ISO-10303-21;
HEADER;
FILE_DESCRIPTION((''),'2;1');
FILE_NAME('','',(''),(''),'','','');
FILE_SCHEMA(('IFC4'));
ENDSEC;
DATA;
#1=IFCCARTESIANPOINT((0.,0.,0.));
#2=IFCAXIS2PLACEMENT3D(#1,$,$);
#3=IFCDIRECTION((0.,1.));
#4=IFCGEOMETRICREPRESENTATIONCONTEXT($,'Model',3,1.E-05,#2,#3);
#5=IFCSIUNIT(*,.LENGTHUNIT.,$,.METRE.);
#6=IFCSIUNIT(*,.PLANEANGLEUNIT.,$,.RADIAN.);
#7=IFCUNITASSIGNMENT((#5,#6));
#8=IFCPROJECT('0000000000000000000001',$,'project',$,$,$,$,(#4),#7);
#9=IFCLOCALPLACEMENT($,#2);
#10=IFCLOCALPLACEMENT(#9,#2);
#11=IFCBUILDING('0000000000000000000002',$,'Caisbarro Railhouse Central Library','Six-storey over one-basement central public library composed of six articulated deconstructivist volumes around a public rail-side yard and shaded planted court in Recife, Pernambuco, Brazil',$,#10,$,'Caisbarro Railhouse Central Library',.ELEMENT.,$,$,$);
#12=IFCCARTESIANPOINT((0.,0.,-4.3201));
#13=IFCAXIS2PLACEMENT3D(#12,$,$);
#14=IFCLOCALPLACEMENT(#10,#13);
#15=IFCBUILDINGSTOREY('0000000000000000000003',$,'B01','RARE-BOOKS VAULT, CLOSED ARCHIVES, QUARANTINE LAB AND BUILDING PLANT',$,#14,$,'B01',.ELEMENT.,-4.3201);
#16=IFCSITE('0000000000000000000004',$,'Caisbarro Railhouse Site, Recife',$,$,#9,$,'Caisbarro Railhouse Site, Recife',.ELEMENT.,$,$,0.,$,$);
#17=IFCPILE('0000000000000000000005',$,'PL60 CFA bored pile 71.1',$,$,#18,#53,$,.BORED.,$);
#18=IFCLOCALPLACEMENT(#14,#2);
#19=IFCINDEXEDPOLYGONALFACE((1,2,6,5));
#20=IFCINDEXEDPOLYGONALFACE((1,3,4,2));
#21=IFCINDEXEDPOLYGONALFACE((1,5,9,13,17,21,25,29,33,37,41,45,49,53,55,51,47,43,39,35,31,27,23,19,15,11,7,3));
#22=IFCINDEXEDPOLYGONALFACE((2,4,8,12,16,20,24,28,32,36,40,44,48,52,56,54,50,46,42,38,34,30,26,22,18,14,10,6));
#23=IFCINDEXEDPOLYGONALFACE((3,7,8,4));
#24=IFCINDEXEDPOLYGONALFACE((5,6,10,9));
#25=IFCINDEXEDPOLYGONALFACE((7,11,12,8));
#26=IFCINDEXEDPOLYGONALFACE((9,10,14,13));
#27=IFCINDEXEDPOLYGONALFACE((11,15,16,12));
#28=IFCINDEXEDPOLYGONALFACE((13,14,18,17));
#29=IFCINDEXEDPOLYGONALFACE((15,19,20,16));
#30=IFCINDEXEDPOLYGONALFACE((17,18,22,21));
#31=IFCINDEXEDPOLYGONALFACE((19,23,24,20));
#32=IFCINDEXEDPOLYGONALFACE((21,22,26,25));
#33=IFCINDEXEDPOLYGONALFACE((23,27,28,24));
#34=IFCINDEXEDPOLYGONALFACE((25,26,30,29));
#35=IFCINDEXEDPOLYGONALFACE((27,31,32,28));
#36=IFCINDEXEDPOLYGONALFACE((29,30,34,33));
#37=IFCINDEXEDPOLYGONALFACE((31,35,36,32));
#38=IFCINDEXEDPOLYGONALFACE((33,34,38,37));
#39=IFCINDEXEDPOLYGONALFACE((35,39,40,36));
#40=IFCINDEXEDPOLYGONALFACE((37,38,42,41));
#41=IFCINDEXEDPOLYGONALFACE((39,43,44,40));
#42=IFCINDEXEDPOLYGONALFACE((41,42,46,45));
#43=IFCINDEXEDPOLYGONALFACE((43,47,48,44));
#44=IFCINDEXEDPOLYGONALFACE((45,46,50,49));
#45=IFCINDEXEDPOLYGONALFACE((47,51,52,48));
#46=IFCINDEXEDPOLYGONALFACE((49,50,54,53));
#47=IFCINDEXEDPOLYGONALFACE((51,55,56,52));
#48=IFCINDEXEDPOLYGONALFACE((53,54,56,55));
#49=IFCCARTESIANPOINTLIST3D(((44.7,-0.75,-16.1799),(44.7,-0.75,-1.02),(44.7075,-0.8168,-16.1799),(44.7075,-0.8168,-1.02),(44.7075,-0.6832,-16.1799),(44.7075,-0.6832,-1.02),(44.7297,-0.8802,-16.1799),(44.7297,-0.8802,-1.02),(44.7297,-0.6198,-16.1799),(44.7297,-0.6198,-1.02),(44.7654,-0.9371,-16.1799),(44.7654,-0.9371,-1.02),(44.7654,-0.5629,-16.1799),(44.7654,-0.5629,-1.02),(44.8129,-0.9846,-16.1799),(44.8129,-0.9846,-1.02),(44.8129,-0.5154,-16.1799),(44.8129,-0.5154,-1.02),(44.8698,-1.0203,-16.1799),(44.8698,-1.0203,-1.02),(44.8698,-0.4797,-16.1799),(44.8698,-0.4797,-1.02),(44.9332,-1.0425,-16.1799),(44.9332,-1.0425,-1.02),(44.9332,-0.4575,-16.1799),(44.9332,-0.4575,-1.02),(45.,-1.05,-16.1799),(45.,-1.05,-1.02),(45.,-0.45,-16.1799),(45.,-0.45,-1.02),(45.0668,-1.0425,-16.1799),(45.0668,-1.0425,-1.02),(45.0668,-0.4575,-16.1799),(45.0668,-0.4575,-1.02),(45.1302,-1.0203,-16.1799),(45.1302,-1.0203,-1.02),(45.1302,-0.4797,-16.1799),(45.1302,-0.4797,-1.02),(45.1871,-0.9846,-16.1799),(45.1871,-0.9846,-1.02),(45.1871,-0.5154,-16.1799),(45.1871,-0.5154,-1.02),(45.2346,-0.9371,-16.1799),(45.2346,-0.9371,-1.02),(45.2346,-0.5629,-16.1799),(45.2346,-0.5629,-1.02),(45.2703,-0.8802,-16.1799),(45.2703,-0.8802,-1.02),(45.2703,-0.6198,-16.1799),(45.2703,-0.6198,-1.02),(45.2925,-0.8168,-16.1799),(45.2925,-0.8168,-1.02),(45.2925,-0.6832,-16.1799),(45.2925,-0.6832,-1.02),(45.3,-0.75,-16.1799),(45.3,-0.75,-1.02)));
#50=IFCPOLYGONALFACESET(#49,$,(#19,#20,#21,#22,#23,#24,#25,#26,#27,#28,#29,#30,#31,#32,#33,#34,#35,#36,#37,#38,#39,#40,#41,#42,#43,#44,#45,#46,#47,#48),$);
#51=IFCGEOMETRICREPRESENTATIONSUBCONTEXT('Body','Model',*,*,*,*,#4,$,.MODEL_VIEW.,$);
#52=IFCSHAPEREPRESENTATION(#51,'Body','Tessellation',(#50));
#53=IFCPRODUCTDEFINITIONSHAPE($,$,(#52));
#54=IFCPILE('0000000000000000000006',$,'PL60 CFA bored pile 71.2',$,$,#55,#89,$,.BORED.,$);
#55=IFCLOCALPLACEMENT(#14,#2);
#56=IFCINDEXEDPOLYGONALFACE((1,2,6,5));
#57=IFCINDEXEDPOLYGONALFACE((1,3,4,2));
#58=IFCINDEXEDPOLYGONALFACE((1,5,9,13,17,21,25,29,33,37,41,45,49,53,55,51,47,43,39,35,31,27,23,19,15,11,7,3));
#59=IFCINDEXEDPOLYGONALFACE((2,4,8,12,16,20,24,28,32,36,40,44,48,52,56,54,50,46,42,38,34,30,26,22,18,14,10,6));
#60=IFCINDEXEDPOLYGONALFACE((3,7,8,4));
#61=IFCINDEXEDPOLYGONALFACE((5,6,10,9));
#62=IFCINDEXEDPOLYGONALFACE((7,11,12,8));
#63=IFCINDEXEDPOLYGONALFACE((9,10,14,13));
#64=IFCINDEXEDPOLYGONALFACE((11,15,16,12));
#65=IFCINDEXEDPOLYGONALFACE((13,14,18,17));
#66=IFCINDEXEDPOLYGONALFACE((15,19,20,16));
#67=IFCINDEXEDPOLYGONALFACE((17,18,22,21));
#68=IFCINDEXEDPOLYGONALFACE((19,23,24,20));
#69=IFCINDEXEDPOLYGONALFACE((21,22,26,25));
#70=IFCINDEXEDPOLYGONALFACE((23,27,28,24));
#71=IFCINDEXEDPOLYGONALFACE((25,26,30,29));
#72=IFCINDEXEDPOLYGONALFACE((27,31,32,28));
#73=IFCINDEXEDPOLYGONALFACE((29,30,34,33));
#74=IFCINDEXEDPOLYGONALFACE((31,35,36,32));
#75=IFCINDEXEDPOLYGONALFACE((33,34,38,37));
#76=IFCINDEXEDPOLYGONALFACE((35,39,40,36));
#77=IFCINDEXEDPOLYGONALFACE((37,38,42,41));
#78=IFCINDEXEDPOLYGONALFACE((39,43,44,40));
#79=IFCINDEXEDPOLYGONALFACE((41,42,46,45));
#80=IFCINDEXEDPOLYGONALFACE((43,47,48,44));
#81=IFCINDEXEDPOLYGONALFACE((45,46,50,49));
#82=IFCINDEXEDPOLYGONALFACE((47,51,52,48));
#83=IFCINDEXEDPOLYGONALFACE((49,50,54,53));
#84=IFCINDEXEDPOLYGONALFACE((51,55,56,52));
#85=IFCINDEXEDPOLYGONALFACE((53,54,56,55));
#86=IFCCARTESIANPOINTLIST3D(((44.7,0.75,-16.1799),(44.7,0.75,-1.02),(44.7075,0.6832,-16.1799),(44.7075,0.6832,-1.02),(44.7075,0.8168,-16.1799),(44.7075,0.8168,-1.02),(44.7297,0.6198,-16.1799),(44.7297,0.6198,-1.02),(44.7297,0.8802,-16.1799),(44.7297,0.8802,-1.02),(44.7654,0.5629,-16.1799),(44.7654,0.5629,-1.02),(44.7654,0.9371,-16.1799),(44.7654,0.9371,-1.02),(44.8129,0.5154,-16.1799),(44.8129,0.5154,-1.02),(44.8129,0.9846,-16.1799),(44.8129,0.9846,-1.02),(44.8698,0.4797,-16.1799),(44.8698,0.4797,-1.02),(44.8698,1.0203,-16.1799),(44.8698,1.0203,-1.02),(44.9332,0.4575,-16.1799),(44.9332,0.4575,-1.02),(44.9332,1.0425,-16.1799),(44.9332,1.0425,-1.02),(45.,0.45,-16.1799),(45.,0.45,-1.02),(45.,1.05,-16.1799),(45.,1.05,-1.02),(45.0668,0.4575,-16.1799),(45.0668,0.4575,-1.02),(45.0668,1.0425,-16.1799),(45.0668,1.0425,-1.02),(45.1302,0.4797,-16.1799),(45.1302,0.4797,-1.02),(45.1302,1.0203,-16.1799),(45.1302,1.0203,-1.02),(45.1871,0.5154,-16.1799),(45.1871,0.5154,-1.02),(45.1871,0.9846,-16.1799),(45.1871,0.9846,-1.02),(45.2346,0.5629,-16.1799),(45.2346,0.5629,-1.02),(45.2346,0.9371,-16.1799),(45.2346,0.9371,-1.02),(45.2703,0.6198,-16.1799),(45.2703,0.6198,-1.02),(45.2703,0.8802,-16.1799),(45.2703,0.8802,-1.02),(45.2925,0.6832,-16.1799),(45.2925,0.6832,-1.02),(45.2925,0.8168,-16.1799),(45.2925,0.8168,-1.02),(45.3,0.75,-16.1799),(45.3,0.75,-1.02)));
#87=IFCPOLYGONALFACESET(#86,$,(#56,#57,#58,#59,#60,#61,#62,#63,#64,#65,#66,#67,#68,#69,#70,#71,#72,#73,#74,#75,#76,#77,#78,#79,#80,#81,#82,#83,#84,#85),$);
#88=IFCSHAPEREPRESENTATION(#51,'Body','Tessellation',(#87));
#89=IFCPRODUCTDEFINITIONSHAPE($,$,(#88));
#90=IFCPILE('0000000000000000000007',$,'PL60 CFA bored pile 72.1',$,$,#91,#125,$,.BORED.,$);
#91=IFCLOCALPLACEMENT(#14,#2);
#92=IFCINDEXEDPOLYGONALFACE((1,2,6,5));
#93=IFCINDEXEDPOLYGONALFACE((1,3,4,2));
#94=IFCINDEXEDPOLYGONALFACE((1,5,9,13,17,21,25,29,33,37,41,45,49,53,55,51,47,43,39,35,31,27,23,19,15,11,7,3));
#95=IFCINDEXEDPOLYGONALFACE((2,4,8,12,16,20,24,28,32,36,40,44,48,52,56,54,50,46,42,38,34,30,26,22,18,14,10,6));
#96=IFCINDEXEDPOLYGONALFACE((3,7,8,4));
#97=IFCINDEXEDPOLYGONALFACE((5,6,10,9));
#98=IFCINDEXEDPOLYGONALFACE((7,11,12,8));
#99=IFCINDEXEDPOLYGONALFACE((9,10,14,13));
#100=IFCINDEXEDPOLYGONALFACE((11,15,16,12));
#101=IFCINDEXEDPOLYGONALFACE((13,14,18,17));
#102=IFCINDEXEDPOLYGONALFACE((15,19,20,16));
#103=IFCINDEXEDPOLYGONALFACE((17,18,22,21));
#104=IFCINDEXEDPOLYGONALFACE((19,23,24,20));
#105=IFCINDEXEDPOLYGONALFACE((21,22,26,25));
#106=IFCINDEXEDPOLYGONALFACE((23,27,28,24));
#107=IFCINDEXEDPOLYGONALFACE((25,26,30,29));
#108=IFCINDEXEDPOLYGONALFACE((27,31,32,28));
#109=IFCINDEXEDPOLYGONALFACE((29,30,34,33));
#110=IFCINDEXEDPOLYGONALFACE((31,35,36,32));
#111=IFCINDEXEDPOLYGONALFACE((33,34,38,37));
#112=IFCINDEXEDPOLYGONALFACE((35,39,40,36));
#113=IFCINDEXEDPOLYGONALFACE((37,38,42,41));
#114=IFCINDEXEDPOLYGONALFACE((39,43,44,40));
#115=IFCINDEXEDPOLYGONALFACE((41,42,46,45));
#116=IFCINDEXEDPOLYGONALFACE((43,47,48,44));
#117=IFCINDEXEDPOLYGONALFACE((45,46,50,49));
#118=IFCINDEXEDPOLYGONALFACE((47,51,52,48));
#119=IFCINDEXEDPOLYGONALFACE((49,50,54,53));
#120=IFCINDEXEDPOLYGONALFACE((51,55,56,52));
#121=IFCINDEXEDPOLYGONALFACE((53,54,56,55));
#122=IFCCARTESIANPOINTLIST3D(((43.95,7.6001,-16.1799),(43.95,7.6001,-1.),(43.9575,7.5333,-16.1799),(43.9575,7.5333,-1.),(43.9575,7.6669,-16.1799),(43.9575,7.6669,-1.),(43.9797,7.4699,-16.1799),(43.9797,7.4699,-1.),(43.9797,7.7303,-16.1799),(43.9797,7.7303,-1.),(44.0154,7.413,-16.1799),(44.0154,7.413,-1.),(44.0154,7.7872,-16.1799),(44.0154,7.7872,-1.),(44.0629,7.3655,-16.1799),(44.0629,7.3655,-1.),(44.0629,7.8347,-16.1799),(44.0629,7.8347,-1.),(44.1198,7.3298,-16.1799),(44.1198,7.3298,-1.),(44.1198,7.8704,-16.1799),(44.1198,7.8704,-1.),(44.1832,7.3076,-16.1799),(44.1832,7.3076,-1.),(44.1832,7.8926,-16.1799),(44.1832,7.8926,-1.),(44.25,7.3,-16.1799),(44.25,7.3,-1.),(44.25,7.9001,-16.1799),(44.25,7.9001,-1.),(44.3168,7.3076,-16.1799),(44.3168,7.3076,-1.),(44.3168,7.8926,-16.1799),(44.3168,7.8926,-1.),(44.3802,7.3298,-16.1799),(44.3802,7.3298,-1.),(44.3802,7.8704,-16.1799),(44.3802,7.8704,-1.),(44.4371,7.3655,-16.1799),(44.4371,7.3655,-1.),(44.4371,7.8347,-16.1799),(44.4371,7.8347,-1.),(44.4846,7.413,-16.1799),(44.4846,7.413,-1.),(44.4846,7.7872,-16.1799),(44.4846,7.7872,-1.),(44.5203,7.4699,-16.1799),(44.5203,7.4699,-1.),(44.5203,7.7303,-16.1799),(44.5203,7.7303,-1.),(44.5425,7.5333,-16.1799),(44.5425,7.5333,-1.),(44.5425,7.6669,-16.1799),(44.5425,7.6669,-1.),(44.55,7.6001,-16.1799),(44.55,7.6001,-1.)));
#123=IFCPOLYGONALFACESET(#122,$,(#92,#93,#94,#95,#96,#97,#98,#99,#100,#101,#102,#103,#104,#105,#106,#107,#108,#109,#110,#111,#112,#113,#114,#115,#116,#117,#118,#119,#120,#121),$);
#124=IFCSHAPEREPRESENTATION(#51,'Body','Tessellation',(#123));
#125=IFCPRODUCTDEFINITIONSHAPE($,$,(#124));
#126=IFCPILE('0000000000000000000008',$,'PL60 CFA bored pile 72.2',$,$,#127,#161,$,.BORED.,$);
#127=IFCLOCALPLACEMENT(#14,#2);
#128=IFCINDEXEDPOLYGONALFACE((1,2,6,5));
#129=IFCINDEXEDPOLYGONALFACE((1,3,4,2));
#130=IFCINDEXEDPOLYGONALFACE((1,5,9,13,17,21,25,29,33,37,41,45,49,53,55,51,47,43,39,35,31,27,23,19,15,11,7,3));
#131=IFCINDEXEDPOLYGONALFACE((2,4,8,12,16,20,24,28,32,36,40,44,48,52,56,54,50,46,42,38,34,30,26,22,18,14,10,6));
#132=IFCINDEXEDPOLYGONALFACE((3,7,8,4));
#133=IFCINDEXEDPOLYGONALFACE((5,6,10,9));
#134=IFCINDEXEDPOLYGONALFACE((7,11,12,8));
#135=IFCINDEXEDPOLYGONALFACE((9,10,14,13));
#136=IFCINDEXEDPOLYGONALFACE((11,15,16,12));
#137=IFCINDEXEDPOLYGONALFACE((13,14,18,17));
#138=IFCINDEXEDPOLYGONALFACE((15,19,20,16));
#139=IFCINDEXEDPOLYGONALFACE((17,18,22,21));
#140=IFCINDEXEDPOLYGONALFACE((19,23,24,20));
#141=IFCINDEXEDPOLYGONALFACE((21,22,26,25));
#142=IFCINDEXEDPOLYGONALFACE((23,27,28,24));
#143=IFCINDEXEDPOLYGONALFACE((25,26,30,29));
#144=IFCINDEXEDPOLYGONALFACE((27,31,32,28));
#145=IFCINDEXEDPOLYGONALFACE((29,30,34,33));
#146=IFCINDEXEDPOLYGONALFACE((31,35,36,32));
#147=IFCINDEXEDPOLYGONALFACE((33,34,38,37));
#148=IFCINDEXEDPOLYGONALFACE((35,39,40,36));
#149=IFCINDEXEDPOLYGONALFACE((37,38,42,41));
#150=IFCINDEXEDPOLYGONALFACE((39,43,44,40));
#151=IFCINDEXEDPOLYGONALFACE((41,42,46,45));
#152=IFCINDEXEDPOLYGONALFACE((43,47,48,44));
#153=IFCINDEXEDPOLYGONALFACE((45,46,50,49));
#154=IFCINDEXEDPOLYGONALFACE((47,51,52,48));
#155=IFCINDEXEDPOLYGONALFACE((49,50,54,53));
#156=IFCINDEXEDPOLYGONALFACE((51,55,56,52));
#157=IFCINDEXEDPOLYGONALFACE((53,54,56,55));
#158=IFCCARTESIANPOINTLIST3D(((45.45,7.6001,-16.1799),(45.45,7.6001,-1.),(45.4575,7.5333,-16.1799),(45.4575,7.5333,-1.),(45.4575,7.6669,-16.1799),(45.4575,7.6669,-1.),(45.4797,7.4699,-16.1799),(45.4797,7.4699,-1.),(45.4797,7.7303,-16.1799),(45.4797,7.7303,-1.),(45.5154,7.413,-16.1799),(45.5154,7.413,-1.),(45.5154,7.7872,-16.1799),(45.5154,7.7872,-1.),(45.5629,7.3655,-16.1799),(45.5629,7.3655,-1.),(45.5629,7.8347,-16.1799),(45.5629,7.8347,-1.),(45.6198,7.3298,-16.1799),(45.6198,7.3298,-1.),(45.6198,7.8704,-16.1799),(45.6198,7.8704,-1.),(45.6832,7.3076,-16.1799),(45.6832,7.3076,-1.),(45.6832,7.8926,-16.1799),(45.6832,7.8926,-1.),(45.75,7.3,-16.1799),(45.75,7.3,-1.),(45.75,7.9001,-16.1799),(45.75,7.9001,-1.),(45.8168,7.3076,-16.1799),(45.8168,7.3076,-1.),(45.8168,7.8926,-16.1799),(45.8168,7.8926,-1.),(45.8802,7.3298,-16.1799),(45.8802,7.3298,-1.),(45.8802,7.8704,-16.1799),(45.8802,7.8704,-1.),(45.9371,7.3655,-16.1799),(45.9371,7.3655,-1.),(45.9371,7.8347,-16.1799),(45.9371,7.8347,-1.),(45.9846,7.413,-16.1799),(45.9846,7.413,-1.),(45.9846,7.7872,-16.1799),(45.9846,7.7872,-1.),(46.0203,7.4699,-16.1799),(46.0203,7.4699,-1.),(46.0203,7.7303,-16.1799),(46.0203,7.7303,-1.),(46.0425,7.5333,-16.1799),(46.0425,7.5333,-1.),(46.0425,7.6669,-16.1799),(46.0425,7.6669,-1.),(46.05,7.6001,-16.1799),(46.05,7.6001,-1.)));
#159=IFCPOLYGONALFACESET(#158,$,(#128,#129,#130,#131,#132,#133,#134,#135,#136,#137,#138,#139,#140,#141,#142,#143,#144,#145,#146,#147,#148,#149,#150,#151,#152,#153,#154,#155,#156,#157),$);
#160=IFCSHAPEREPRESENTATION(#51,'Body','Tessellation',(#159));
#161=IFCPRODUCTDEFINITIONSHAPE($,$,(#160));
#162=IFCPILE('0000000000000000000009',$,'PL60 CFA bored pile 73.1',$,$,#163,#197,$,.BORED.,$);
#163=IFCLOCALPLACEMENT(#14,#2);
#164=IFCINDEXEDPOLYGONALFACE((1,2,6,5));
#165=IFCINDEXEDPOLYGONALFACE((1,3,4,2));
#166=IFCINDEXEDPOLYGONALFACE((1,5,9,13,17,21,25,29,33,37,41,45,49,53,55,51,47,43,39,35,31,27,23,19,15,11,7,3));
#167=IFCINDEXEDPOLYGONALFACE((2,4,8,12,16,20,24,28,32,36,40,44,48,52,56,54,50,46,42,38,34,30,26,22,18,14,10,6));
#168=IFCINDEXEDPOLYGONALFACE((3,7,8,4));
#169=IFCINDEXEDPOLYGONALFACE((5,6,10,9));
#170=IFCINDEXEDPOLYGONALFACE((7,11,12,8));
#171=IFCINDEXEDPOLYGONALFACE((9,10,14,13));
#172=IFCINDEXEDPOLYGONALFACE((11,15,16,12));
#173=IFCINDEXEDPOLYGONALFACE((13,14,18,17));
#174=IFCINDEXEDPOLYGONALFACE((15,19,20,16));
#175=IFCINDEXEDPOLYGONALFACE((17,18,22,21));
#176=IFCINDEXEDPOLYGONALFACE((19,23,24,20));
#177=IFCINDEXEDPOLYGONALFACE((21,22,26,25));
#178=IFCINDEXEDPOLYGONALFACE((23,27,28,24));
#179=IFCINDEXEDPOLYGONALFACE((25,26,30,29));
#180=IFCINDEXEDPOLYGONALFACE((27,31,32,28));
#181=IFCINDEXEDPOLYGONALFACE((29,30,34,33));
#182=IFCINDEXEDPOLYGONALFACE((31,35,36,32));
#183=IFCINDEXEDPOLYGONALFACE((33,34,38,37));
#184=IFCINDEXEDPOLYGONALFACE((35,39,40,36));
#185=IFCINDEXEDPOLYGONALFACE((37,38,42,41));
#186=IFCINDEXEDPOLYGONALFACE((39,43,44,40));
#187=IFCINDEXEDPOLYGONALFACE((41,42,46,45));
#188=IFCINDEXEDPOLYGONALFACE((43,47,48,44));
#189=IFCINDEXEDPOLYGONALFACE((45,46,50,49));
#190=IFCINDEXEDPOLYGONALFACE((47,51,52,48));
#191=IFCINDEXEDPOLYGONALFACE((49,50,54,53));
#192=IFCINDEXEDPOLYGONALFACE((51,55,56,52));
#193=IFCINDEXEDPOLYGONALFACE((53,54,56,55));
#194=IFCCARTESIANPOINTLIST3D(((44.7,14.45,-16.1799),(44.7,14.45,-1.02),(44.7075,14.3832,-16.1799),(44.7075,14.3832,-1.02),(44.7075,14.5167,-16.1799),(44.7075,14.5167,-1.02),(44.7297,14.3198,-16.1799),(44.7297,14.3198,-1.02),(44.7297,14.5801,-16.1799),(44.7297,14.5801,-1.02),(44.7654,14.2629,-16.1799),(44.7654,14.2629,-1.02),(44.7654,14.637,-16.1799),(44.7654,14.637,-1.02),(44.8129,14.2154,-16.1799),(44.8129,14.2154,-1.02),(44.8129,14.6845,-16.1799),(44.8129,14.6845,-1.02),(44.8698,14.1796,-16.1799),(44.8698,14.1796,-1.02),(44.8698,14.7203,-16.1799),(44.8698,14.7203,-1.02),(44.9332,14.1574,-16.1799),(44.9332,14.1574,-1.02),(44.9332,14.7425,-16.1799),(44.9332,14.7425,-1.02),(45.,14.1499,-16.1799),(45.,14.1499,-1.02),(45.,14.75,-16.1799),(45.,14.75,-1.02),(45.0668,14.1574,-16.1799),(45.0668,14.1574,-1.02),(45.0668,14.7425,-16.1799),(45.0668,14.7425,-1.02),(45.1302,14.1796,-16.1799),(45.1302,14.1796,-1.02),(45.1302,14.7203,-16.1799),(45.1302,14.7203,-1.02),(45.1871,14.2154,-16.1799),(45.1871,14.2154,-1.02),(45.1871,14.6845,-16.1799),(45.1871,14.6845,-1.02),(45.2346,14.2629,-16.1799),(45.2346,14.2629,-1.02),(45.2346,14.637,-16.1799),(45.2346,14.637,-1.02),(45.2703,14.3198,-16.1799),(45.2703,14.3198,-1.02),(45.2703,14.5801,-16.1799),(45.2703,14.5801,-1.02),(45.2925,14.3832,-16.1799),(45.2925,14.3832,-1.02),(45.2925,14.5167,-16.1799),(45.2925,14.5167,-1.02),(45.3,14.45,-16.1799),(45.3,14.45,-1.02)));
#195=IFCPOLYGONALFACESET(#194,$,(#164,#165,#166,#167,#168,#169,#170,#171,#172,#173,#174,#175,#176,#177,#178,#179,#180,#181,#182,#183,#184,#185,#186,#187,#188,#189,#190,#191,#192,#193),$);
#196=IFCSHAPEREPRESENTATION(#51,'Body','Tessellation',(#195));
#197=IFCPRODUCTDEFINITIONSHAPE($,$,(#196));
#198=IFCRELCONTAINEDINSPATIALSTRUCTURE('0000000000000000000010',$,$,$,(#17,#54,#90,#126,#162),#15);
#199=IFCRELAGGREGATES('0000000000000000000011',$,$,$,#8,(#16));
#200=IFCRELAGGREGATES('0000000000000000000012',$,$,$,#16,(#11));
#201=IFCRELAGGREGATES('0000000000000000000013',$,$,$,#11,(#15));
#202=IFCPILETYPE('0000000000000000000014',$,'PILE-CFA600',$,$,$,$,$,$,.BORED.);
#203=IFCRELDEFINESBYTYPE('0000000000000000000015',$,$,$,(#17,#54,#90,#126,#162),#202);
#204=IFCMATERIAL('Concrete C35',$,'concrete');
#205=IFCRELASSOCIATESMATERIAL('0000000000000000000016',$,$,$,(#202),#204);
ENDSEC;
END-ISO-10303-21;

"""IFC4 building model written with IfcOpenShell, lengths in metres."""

from ifc_helpers import new_model, si_unit, direction, frame, origin, origin_2d, place, context, subcontext, project, spatial, circle, extrude, material, material_profile, profile_set, type_object, element, save


model = new_model("IFC4")

# Units and contexts
model_context = context("Model", 3, precision=1e-05, world=origin(), true_north=direction((0.0, 1.0)))
body_context = subcontext(model_context, "Body", "Model", "MODEL_VIEW")
ifc_project = project(units=[si_unit("LENGTHUNIT", "METRE"), si_unit("PLANEANGLEUNIT", "RADIAN")], contexts=[model_context])

# Site, building, storey
site_placement = place(None, origin())
site = spatial("IfcSite", under=ifc_project, at=site_placement, Name="Caisbarro Railhouse Site, Recife", LongName="Caisbarro Railhouse Site, Recife", CompositionType="ELEMENT", RefElevation=0.0)
building_placement = place(site_placement, origin())
building = spatial("IfcBuilding", under=site, at=building_placement, Name="Caisbarro Railhouse Central Library", Description="Six-storey over one-basement central public library composed of six articulated deconstructivist volumes around a public rail-side yard and shaded planted court in Recife, Pernambuco, Brazil", LongName="Caisbarro Railhouse Central Library", CompositionType="ELEMENT")
storey_placement = place(building_placement, frame((0.0, 0.0, -4.3201)))
storey = spatial("IfcBuildingStorey", under=building, at=storey_placement, Name="B01", Description="RARE-BOOKS VAULT, CLOSED ARCHIVES, QUARANTINE LAB AND BUILDING PLANT", LongName="B01", CompositionType="ELEMENT", Elevation=-4.3201)

# Shared definitions
ifc_material_1 = material(Name="Concrete C35", Category="concrete")

# Piles
ifc_material_profile_1 = material_profile(ifc_material_1, circle(Radius=0.3, at=origin_2d()), Name="PILE-CFA-600")
ifc_profile_set_1 = profile_set([ifc_material_profile_1], Name="Concrete C35")
pile_type_1 = type_object("IfcPileType", Name="PILE-CFA600", PredefinedType="BORED", material=ifc_profile_set_1)
for number, where, z_axis, x_axis, name in (
    (1, (45.0, -0.75, -1.02), (0.0, 0.0, -1.0), (1.0, 0.0, 0.0), "PL60 CFA bored pile 71.1"),
    (2, (45.0, 0.75, -1.02), (0.0, 0.0, -1.0), (1.0, 0.0, 0.0), "PL60 CFA bored pile 71.2"),
):
    element("IfcPile", number, at=place(storey_placement, frame(where, z_axis=z_axis, x_axis=x_axis)), inside=storey, type_object=pile_type_1, Name=name, PredefinedType="BORED", context=body_context, shape_type="SweptSolid", body=[
        extrude(circle(Radius=0.3, at=origin_2d()), origin(), (0.0, 0.0, 1.0), 15.1599),
    ])
for number, where, z_axis, x_axis, name in (
    (3, (44.25, 7.6001, -1.0), (0.0, 0.0, -1.0), (1.0, 0.0, 0.0), "PL60 CFA bored pile 72.1"),
    (4, (45.75, 7.6001, -1.0), (0.0, 0.0, -1.0), (1.0, 0.0, 0.0), "PL60 CFA bored pile 72.2"),
):
    element("IfcPile", number, at=place(storey_placement, frame(where, z_axis=z_axis, x_axis=x_axis)), inside=storey, type_object=pile_type_1, Name=name, PredefinedType="BORED", context=body_context, shape_type="SweptSolid", body=[
        extrude(circle(Radius=0.3, at=origin_2d()), origin(), (0.0, 0.0, 1.0), 15.1799),
    ])
for number, where, z_axis, x_axis, name in (
    (5, (45.0, 14.45, -1.02), (0.0, 0.0, -1.0), (1.0, 0.0, 0.0), "PL60 CFA bored pile 73.1"),
):
    element("IfcPile", number, at=place(storey_placement, frame(where, z_axis=z_axis, x_axis=x_axis)), inside=storey, type_object=pile_type_1, Name=name, PredefinedType="BORED", context=body_context, shape_type="SweptSolid", body=[
        extrude(circle(Radius=0.3, at=origin_2d()), origin(), (0.0, 0.0, 1.0), 15.1599),
    ])

save(model, "model.ifc")
